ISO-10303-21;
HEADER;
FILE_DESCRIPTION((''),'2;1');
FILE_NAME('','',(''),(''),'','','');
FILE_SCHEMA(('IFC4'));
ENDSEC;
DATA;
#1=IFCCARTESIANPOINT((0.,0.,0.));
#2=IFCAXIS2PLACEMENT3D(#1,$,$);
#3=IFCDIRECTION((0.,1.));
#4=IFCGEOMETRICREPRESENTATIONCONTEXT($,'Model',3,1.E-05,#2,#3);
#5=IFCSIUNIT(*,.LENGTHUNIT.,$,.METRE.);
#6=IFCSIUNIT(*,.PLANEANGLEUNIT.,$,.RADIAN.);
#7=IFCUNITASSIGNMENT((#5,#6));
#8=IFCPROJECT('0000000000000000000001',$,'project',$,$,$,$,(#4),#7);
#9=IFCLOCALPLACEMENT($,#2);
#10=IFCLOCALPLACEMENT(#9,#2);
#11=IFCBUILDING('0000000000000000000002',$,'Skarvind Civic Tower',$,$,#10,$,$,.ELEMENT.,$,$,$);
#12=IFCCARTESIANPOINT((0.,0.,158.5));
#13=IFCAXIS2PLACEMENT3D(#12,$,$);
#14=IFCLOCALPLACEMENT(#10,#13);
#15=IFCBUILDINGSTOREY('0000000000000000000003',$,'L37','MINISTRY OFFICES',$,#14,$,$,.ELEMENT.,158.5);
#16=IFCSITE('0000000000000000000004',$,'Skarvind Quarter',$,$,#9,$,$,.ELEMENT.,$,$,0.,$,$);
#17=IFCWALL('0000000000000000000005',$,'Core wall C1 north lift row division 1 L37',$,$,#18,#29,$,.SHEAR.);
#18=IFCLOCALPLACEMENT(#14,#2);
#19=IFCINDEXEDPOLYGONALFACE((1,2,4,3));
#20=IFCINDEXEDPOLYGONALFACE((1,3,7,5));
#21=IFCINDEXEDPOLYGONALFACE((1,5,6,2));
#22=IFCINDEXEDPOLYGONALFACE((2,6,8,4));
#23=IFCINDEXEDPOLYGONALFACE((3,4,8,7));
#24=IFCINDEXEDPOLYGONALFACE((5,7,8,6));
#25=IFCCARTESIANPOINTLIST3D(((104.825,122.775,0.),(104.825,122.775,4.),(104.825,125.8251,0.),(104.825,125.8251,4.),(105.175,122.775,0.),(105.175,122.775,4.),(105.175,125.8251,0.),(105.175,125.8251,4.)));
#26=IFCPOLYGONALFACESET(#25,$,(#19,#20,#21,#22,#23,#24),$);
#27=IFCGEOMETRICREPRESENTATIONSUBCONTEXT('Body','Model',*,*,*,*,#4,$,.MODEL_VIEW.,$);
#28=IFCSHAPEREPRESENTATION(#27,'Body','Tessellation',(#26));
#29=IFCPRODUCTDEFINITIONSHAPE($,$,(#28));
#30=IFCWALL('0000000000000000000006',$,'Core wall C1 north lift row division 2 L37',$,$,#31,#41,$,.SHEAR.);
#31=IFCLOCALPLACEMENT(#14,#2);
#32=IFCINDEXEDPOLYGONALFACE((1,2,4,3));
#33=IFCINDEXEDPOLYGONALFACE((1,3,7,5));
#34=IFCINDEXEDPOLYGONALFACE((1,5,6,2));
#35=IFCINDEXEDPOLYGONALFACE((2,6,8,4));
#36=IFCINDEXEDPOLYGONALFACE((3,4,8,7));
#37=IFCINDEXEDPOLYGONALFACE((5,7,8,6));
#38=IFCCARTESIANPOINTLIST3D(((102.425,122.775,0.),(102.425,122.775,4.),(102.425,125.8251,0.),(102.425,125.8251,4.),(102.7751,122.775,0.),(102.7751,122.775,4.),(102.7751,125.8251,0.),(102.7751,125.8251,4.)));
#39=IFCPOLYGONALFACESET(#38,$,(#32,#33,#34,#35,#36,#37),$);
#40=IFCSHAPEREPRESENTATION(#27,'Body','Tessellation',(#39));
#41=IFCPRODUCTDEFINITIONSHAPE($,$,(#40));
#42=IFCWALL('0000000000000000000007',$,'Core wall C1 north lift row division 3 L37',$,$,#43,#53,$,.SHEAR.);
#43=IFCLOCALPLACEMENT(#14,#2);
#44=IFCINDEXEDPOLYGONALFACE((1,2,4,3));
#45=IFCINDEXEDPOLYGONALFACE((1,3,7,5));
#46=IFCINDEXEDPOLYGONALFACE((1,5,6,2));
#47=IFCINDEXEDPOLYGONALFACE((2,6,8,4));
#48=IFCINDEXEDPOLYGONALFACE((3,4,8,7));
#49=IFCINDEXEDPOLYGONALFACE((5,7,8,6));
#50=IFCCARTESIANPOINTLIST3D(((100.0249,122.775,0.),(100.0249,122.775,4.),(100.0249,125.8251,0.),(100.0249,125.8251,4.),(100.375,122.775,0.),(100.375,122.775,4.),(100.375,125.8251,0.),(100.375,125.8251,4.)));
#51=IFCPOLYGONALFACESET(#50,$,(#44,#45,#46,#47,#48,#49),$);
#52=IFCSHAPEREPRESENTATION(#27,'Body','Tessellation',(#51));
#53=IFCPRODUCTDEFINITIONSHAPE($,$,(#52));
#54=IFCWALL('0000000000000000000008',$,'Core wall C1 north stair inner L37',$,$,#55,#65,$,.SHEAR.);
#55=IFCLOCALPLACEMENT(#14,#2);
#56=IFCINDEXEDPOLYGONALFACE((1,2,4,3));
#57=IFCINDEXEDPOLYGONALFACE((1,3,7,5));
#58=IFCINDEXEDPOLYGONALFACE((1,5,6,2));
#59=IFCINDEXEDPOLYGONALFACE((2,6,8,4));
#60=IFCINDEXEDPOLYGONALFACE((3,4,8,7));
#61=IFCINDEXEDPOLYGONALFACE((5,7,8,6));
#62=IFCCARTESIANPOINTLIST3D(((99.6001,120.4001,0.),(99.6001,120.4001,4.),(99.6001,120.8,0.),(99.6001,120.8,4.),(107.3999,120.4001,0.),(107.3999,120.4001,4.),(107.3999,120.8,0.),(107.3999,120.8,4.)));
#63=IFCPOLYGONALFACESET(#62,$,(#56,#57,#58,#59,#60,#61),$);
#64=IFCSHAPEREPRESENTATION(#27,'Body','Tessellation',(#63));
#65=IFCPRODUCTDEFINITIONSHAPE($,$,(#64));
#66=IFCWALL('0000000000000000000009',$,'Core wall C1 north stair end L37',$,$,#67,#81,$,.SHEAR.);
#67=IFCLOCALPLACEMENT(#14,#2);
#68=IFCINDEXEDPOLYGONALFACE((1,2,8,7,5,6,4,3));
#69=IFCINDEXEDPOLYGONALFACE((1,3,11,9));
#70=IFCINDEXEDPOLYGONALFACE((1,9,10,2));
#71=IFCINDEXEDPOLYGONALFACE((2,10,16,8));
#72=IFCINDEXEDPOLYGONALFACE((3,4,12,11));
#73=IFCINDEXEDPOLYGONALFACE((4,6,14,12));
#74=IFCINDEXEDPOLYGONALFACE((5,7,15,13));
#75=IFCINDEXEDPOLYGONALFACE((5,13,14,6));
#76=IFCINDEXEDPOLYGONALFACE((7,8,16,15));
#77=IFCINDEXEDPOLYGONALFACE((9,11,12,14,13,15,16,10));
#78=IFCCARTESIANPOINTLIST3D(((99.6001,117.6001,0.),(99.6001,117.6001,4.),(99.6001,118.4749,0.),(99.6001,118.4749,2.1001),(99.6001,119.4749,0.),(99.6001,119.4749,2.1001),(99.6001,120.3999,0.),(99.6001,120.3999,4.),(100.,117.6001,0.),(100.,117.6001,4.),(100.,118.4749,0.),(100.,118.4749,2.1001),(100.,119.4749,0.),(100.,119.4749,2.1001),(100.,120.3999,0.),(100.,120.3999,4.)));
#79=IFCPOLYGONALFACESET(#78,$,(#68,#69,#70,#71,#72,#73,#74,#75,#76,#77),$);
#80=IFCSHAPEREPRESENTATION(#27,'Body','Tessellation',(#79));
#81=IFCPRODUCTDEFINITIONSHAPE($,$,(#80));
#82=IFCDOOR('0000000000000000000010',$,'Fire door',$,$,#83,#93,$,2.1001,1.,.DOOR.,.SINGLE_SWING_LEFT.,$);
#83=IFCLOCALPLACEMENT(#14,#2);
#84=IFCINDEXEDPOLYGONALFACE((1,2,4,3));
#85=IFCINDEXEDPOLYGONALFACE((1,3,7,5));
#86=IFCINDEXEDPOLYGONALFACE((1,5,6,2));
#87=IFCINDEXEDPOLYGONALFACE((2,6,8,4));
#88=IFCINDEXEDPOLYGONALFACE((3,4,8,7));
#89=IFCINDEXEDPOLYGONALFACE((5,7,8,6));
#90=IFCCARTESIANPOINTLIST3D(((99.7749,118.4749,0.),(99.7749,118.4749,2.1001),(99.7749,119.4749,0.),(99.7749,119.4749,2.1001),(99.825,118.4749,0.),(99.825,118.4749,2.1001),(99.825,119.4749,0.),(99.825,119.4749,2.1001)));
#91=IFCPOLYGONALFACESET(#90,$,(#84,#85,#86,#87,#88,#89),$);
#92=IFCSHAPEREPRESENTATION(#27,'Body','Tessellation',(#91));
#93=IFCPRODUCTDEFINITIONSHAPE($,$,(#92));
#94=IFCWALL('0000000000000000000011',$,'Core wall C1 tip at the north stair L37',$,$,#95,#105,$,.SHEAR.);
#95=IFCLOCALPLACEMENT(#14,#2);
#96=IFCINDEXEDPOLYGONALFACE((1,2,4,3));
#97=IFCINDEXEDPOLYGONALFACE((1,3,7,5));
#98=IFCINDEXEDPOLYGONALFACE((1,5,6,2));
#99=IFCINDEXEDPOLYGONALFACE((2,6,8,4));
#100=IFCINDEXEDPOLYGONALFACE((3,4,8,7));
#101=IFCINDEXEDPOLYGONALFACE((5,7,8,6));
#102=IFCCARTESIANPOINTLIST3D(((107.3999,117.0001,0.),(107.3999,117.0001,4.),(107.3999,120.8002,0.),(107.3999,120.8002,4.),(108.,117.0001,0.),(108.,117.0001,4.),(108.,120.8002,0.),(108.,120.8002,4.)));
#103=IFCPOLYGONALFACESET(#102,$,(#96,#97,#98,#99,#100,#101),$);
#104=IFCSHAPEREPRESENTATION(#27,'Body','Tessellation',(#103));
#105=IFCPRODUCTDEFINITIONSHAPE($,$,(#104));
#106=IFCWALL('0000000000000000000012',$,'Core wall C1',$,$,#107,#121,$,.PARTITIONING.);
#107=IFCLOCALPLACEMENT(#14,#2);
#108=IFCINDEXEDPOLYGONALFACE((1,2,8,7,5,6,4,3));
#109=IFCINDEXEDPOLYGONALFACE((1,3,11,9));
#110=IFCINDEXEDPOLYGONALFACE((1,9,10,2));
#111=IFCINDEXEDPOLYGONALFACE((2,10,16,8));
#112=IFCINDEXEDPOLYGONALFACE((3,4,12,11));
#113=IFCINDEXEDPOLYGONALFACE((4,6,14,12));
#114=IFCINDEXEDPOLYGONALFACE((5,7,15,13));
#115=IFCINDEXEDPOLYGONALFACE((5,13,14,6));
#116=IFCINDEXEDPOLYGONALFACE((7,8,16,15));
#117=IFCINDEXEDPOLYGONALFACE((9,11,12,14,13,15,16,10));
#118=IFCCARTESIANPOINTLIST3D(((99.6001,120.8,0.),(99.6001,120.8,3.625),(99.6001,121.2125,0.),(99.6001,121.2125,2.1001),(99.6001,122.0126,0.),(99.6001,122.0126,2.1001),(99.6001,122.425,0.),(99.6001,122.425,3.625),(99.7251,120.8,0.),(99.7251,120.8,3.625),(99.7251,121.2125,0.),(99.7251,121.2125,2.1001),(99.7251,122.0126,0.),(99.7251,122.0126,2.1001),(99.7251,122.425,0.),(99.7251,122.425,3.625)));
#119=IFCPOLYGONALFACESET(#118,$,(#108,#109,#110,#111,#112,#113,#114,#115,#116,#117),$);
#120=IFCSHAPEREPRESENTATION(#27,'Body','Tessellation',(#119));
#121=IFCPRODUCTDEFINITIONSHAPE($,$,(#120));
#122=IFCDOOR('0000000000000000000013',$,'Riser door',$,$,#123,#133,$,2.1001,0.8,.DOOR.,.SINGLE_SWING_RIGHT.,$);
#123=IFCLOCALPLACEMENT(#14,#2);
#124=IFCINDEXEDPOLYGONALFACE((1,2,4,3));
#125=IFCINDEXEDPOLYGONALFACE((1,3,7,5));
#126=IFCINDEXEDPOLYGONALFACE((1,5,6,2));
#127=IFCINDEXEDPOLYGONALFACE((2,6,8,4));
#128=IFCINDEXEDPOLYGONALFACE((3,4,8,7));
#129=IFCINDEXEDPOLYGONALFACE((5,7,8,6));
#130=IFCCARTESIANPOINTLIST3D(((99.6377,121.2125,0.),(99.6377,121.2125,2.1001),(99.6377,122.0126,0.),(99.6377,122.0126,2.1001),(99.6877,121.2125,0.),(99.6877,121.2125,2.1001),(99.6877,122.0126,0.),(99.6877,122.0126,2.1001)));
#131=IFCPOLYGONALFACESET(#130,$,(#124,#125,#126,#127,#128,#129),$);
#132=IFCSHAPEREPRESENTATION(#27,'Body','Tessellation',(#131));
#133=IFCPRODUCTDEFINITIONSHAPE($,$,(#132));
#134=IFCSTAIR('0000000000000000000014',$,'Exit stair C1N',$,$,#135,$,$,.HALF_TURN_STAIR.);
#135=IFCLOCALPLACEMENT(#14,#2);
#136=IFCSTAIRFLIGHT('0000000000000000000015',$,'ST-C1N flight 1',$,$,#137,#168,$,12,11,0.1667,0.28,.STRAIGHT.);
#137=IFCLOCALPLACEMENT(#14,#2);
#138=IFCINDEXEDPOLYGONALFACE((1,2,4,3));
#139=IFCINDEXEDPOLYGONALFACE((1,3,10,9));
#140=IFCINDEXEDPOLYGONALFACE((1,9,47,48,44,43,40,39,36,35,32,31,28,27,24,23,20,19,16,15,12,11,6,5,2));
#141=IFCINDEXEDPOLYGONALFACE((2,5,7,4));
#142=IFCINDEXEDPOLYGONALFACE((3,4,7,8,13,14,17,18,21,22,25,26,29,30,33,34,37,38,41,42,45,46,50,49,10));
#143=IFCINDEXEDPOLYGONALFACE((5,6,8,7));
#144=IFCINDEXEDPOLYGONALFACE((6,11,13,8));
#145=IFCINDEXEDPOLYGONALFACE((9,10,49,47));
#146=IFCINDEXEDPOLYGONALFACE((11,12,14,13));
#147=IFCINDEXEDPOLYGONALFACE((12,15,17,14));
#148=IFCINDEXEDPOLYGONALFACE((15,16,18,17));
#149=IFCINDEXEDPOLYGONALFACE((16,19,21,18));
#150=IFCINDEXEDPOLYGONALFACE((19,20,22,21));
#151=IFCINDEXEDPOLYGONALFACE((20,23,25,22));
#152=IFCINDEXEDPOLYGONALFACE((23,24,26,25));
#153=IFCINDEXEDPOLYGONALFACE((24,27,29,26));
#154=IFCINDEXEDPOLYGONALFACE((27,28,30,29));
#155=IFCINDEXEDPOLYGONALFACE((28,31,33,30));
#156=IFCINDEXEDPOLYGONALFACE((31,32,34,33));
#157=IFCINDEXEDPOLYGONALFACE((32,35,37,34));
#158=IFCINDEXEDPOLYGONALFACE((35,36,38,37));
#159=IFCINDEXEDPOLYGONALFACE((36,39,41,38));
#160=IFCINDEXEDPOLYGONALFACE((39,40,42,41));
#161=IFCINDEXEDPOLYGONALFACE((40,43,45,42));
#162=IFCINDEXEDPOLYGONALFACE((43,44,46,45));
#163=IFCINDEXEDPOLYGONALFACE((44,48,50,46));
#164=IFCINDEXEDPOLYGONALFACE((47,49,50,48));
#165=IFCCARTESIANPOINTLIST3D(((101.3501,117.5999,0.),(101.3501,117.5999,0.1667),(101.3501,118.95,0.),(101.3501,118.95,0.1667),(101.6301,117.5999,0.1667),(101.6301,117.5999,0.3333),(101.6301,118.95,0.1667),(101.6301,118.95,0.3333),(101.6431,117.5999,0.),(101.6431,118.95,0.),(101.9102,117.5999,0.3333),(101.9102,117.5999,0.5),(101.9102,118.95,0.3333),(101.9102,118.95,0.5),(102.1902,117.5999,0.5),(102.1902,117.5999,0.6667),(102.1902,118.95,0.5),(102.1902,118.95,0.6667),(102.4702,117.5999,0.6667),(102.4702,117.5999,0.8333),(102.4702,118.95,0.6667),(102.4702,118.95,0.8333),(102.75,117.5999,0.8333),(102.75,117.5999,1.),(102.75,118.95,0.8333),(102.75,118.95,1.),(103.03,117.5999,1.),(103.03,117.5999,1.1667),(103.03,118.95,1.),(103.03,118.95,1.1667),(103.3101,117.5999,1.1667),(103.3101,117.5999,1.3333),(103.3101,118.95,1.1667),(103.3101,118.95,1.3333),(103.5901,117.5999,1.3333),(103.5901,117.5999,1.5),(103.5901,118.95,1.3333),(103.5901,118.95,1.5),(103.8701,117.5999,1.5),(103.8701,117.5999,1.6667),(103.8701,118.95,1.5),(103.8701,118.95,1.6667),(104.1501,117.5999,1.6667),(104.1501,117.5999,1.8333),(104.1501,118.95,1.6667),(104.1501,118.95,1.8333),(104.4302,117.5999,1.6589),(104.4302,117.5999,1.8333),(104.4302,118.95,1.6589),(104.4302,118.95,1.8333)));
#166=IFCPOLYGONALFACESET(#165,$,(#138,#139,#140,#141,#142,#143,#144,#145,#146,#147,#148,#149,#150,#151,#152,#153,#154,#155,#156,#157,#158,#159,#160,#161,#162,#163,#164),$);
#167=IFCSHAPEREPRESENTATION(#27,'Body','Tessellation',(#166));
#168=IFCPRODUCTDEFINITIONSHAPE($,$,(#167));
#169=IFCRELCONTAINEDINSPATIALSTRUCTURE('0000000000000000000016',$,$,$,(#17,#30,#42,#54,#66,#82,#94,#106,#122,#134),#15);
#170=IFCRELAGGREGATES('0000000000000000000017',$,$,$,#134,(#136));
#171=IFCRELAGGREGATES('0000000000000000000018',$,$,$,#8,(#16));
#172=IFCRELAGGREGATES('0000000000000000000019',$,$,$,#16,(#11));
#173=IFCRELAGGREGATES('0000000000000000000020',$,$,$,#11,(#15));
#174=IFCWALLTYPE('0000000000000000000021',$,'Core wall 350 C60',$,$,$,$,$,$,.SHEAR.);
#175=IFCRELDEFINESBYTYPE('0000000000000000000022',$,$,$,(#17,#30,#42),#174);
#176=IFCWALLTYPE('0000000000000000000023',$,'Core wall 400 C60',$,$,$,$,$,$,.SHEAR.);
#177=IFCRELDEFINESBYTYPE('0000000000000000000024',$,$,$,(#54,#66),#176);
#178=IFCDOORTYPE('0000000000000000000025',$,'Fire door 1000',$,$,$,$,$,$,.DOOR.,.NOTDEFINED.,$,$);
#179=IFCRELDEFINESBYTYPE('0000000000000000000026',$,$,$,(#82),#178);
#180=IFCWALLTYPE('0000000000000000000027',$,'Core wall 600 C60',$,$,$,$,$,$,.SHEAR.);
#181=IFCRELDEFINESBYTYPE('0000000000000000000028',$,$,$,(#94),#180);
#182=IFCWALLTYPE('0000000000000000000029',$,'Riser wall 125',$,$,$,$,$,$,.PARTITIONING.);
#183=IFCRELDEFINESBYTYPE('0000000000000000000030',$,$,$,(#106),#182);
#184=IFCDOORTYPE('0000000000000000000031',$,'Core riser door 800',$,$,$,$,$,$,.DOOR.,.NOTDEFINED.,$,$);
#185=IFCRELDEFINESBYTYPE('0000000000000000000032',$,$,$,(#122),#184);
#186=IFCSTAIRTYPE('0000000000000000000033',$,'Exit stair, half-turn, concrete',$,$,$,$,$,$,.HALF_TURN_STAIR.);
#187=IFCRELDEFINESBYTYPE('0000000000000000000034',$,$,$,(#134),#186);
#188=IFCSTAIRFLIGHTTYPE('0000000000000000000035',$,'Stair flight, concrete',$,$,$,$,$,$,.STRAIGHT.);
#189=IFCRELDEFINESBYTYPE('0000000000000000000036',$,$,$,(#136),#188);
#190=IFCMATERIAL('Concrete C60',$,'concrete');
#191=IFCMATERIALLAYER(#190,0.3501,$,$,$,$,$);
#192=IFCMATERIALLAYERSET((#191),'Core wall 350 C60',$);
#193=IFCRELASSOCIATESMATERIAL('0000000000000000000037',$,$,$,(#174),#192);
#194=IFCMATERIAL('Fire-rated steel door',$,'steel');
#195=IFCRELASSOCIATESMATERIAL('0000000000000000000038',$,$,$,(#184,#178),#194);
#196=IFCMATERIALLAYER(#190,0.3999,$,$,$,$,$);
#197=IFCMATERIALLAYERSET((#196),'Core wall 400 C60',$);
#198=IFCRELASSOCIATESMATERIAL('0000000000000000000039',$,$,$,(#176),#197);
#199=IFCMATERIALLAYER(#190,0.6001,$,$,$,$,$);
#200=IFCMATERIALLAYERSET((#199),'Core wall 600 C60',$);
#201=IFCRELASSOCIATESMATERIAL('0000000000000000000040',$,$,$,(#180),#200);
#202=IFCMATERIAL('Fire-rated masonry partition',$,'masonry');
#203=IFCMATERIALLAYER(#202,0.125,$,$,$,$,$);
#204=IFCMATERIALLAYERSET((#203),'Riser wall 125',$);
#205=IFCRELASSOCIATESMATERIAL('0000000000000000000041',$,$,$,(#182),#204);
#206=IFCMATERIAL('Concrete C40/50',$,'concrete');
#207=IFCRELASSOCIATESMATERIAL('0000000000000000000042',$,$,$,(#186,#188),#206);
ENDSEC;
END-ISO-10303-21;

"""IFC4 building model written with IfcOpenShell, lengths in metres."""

from ifc_helpers import new_model, si_unit, direction, frame, frame_2d, origin, place, context, subcontext, project, spatial, polyline, rectangle, outline, extrude, material, layer, layer_set, type_object, element, fill, aggregate, save


model = new_model("IFC4")

# Units and contexts
model_context = context("Model", 3, precision=1e-05, world=origin(), true_north=direction((0.0, 1.0)))
body_context = subcontext(model_context, "Body", "Model", "MODEL_VIEW")
ifc_project = project(units=[si_unit("LENGTHUNIT", "METRE"), si_unit("PLANEANGLEUNIT", "RADIAN")], contexts=[model_context])

# Site, building, storey
site_placement = place(None, origin())
site = spatial("IfcSite", under=ifc_project, at=site_placement, Name="Skarvind Quarter", CompositionType="ELEMENT", RefElevation=0.0)
building_placement = place(site_placement, origin())
building = spatial("IfcBuilding", under=site, at=building_placement, Name="Skarvind Civic Tower", CompositionType="ELEMENT")
storey_placement = place(building_placement, frame((0.0, 0.0, 158.5)))
storey = spatial("IfcBuildingStorey", under=building, at=storey_placement, Name="L37", Description="MINISTRY OFFICES", CompositionType="ELEMENT", Elevation=158.5)

# Shared definitions
ifc_material_1 = material(Name="Concrete C60", Category="concrete")
ifc_layer_1 = layer(ifc_material_1, 0.3501)
ifc_layer_set_1 = layer_set([ifc_layer_1], Name="Core wall 350 C60")
wall_type_1 = type_object("IfcWallType", Name="Core wall 350 C60", PredefinedType="SHEAR", material=ifc_layer_set_1)
ifc_material_2 = material(Name="Fire-rated steel door", Category="steel")
door_type_1 = type_object("IfcDoorType", Name="Core riser door 800", OperationType="NOTDEFINED", PredefinedType="DOOR", material=ifc_material_2)

# Walls
for number, where, z_axis, x_axis, name in (
    (1, (105.0, 125.825, 0.0), (0.0, 0.0, 1.0), (0.0, -1.0, 0.0), "Core wall C1 north lift row division 1 L37"),
    (2, (102.6001, 125.825, 0.0), (0.0, 0.0, 1.0), (0.0, -1.0, 0.0), "Core wall C1 north lift row division 2 L37"),
    (3, (100.2, 125.825, 0.0), (0.0, 0.0, 1.0), (0.0, -1.0, 0.0), "Core wall C1 north lift row division 3 L37"),
):
    element("IfcWall", number, at=place(storey_placement, frame(where, z_axis=z_axis, x_axis=x_axis)), inside=storey, type_object=wall_type_1, Name=name, PredefinedType="SHEAR", context=body_context, shape_type="SweptSolid", body=[
        extrude(rectangle(XDim=3.05, YDim=0.3501, at=frame_2d((1.5249, 0.0))), origin(), (0.0, 0.0, 1.0), 4.0),
    ])
ifc_layer_2 = layer(ifc_material_1, 0.3999)
ifc_layer_set_2 = layer_set([ifc_layer_2], Name="Core wall 400 C60")
wall_type_2 = type_object("IfcWallType", Name="Core wall 400 C60", PredefinedType="SHEAR", material=ifc_layer_set_2)
wall_1_placement = place(storey_placement, frame((107.3999, 120.6001, 0.0), z_axis=(0.0, 0.0, 1.0), x_axis=(-1.0, 0.0, 0.0)))
element("IfcWall", 4, at=wall_1_placement, inside=storey, type_object=wall_type_2, Name="Core wall C1 north stair inner L37", PredefinedType="SHEAR", context=body_context, shape_type="SweptSolid", body=[
    extrude(rectangle(XDim=7.7998, YDim=0.3999, at=frame_2d((3.8999, 0.0))), origin(), (0.0, 0.0, 1.0), 4.0),
])

# Wall, opening, door
wall_2_placement = place(storey_placement, frame((99.8, 120.3999, 0.0), z_axis=(0.0, 0.0, 1.0), x_axis=(0.0, -1.0, 0.0)))
wall_2 = element("IfcWall", 5, at=wall_2_placement, inside=storey, type_object=wall_type_2, Name="Core wall C1 north stair end L37", PredefinedType="SHEAR", context=body_context, shape_type="SweptSolid", body=[
    extrude(rectangle(XDim=2.7998, YDim=0.3999, at=frame_2d((1.3999, 0.0))), origin(), (0.0, 0.0, 1.0), 4.0),
])
opening_1_placement = place(wall_2_placement, frame((0.925, 0.0, 0.0)))
opening_1 = element("IfcOpeningElement", 6, at=opening_1_placement, cuts=wall_2, PredefinedType="OPENING", context=body_context, shape_type="SweptSolid", body=[
    extrude(rectangle(XDim=1.0, YDim=2.1001, at=frame_2d((0.5, 1.05))), frame((0.0, 0.21, 0.0), z_axis=(0.0, -1.0, 0.0), x_axis=(1.0, 0.0, 0.0)), (0.0, 0.0, 1.0), 0.4199),
])
door_type_2 = type_object("IfcDoorType", Name="Fire door 1000", OperationType="NOTDEFINED", PredefinedType="DOOR", material=ifc_material_2)
door_1_placement = place(opening_1_placement, origin())
door_1 = element("IfcDoor", 7, at=door_1_placement, inside=storey, type_object=door_type_2, Name="Fire door", OperationType="SINGLE_SWING_LEFT", OverallHeight=2.1001, OverallWidth=1.0, PredefinedType="DOOR", context=body_context, shape_type="SweptSolid", body=[
    extrude(rectangle(XDim=1.0, YDim=2.1001, at=frame_2d((0.5, 1.05))), frame((0.0, 0.0249, 0.0), z_axis=(0.0, -1.0, 0.0), x_axis=(1.0, 0.0, 0.0)), (0.0, 0.0, 1.0), 0.05),
])
fill(opening_1, door_1)

# Wall
ifc_layer_3 = layer(ifc_material_1, 0.6001)
ifc_layer_set_3 = layer_set([ifc_layer_3], Name="Core wall 600 C60")
wall_type_3 = type_object("IfcWallType", Name="Core wall 600 C60", PredefinedType="SHEAR", material=ifc_layer_set_3)
wall_3_placement = place(storey_placement, frame((107.7, 120.8, 0.0), z_axis=(0.0, 0.0, 1.0), x_axis=(0.0, -1.0, 0.0)))
element("IfcWall", 8, at=wall_3_placement, inside=storey, type_object=wall_type_3, Name="Core wall C1 tip at the north stair L37", PredefinedType="SHEAR", context=body_context, shape_type="SweptSolid", body=[
    extrude(rectangle(XDim=3.8, YDim=0.6001, at=frame_2d((1.8999, 0.0))), origin(), (0.0, 0.0, 1.0), 4.0),
])

# Wall, opening, door
ifc_material_3 = material(Name="Fire-rated masonry partition", Category="masonry")
ifc_layer_4 = layer(ifc_material_3, 0.125)
ifc_layer_set_4 = layer_set([ifc_layer_4], Name="Riser wall 125")
wall_type_4 = type_object("IfcWallType", Name="Riser wall 125", PredefinedType="PARTITIONING", material=ifc_layer_set_4)
wall_4_placement = place(storey_placement, frame((99.6626, 120.8, 0.0), z_axis=(0.0, 0.0, 1.0), x_axis=(0.0, 1.0, 0.0)))
wall_4 = element("IfcWall", 9, at=wall_4_placement, inside=storey, type_object=wall_type_4, Name="Core wall C1", PredefinedType="PARTITIONING", context=body_context, shape_type="SweptSolid", body=[
    extrude(rectangle(XDim=1.625, YDim=0.125, at=frame_2d((0.8125, 0.0))), origin(), (0.0, 0.0, 1.0), 3.625),
])
opening_2_placement = place(wall_4_placement, frame((0.4126, 0.0, 0.0)))
opening_2 = element("IfcOpeningElement", 10, at=opening_2_placement, cuts=wall_4, PredefinedType="OPENING", context=body_context, shape_type="SweptSolid", body=[
    extrude(rectangle(XDim=0.8, YDim=2.1001, at=frame_2d((0.3999, 1.05))), frame((0.0, 0.0725, 0.0), z_axis=(0.0, -1.0, 0.0), x_axis=(1.0, 0.0, 0.0)), (0.0, 0.0, 1.0), 0.145),
])
door_2_placement = place(opening_2_placement, origin())
door_2 = element("IfcDoor", 11, at=door_2_placement, inside=storey, type_object=door_type_1, Name="Riser door", OperationType="SINGLE_SWING_RIGHT", OverallHeight=2.1001, OverallWidth=0.8, PredefinedType="DOOR", context=body_context, shape_type="SweptSolid", body=[
    extrude(rectangle(XDim=0.8, YDim=2.1001, at=frame_2d((0.3999, 1.05))), frame((0.0, 0.0249, 0.0), z_axis=(0.0, -1.0, 0.0), x_axis=(1.0, 0.0, 0.0)), (0.0, 0.0, 1.0), 0.05),
])
fill(opening_2, door_2)

# Stair, stair flight
ifc_material_4 = material(Name="Concrete C40/50", Category="concrete")
stair_type = type_object("IfcStairType", Name="Exit stair, half-turn, concrete", PredefinedType="HALF_TURN_STAIR", material=ifc_material_4)
stair_placement = place(storey_placement, origin())
stair = element("IfcStair", 12, at=stair_placement, inside=storey, type_object=stair_type, Name="Exit stair C1N", PredefinedType="HALF_TURN_STAIR")
stair_flight_type = type_object("IfcStairFlightType", Name="Stair flight, concrete", PredefinedType="STRAIGHT", material=ifc_material_4)
stair_flight_1_placement = place(storey_placement, frame((101.3501, 118.2749, 0.0), z_axis=(0.0, 0.0, 1.0), x_axis=(1.0, 0.0, 0.0)))
stair_flight_1 = element("IfcStairFlight", 13, at=stair_flight_1_placement, type_object=stair_flight_type, Name="ST-C1N flight 1", NumberOfRisers=12, NumberOfTreads=11, PredefinedType="STRAIGHT", RiserHeight=0.1667, TreadLength=0.28, context=body_context, shape_type="SweptSolid", body=[
    extrude(outline(polyline([(0.0, 0.0), (0.0, 0.1667), (0.28, 0.1667), (0.28, 0.3333), (0.5601, 0.3333), (0.5601, 0.5), (0.8401, 0.5), (0.8401, 0.6667), (1.1201, 0.6667), (1.1201, 0.8333), (1.3999, 0.8333), (1.3999, 1.0), (1.6799, 1.0), (1.6799, 1.1667), (1.96, 1.1667), (1.96, 1.3333), (2.24, 1.3333), (2.24, 1.5), (2.52, 1.5), (2.52, 1.6667), (2.8, 1.6667), (2.8, 1.8333), (3.0801, 1.8333), (3.0801, 2.0), (3.0801, 1.6589), (0.293, 0.0), (0.0, 0.0)])), frame((0.0, 0.675, 0.0), z_axis=(0.0, -1.0, 0.0), x_axis=(1.0, 0.0, 0.0)), (0.0, 0.0, 1.0), 1.3501),
])
aggregate(stair, [stair_flight_1])

save(model, "model.ifc")
